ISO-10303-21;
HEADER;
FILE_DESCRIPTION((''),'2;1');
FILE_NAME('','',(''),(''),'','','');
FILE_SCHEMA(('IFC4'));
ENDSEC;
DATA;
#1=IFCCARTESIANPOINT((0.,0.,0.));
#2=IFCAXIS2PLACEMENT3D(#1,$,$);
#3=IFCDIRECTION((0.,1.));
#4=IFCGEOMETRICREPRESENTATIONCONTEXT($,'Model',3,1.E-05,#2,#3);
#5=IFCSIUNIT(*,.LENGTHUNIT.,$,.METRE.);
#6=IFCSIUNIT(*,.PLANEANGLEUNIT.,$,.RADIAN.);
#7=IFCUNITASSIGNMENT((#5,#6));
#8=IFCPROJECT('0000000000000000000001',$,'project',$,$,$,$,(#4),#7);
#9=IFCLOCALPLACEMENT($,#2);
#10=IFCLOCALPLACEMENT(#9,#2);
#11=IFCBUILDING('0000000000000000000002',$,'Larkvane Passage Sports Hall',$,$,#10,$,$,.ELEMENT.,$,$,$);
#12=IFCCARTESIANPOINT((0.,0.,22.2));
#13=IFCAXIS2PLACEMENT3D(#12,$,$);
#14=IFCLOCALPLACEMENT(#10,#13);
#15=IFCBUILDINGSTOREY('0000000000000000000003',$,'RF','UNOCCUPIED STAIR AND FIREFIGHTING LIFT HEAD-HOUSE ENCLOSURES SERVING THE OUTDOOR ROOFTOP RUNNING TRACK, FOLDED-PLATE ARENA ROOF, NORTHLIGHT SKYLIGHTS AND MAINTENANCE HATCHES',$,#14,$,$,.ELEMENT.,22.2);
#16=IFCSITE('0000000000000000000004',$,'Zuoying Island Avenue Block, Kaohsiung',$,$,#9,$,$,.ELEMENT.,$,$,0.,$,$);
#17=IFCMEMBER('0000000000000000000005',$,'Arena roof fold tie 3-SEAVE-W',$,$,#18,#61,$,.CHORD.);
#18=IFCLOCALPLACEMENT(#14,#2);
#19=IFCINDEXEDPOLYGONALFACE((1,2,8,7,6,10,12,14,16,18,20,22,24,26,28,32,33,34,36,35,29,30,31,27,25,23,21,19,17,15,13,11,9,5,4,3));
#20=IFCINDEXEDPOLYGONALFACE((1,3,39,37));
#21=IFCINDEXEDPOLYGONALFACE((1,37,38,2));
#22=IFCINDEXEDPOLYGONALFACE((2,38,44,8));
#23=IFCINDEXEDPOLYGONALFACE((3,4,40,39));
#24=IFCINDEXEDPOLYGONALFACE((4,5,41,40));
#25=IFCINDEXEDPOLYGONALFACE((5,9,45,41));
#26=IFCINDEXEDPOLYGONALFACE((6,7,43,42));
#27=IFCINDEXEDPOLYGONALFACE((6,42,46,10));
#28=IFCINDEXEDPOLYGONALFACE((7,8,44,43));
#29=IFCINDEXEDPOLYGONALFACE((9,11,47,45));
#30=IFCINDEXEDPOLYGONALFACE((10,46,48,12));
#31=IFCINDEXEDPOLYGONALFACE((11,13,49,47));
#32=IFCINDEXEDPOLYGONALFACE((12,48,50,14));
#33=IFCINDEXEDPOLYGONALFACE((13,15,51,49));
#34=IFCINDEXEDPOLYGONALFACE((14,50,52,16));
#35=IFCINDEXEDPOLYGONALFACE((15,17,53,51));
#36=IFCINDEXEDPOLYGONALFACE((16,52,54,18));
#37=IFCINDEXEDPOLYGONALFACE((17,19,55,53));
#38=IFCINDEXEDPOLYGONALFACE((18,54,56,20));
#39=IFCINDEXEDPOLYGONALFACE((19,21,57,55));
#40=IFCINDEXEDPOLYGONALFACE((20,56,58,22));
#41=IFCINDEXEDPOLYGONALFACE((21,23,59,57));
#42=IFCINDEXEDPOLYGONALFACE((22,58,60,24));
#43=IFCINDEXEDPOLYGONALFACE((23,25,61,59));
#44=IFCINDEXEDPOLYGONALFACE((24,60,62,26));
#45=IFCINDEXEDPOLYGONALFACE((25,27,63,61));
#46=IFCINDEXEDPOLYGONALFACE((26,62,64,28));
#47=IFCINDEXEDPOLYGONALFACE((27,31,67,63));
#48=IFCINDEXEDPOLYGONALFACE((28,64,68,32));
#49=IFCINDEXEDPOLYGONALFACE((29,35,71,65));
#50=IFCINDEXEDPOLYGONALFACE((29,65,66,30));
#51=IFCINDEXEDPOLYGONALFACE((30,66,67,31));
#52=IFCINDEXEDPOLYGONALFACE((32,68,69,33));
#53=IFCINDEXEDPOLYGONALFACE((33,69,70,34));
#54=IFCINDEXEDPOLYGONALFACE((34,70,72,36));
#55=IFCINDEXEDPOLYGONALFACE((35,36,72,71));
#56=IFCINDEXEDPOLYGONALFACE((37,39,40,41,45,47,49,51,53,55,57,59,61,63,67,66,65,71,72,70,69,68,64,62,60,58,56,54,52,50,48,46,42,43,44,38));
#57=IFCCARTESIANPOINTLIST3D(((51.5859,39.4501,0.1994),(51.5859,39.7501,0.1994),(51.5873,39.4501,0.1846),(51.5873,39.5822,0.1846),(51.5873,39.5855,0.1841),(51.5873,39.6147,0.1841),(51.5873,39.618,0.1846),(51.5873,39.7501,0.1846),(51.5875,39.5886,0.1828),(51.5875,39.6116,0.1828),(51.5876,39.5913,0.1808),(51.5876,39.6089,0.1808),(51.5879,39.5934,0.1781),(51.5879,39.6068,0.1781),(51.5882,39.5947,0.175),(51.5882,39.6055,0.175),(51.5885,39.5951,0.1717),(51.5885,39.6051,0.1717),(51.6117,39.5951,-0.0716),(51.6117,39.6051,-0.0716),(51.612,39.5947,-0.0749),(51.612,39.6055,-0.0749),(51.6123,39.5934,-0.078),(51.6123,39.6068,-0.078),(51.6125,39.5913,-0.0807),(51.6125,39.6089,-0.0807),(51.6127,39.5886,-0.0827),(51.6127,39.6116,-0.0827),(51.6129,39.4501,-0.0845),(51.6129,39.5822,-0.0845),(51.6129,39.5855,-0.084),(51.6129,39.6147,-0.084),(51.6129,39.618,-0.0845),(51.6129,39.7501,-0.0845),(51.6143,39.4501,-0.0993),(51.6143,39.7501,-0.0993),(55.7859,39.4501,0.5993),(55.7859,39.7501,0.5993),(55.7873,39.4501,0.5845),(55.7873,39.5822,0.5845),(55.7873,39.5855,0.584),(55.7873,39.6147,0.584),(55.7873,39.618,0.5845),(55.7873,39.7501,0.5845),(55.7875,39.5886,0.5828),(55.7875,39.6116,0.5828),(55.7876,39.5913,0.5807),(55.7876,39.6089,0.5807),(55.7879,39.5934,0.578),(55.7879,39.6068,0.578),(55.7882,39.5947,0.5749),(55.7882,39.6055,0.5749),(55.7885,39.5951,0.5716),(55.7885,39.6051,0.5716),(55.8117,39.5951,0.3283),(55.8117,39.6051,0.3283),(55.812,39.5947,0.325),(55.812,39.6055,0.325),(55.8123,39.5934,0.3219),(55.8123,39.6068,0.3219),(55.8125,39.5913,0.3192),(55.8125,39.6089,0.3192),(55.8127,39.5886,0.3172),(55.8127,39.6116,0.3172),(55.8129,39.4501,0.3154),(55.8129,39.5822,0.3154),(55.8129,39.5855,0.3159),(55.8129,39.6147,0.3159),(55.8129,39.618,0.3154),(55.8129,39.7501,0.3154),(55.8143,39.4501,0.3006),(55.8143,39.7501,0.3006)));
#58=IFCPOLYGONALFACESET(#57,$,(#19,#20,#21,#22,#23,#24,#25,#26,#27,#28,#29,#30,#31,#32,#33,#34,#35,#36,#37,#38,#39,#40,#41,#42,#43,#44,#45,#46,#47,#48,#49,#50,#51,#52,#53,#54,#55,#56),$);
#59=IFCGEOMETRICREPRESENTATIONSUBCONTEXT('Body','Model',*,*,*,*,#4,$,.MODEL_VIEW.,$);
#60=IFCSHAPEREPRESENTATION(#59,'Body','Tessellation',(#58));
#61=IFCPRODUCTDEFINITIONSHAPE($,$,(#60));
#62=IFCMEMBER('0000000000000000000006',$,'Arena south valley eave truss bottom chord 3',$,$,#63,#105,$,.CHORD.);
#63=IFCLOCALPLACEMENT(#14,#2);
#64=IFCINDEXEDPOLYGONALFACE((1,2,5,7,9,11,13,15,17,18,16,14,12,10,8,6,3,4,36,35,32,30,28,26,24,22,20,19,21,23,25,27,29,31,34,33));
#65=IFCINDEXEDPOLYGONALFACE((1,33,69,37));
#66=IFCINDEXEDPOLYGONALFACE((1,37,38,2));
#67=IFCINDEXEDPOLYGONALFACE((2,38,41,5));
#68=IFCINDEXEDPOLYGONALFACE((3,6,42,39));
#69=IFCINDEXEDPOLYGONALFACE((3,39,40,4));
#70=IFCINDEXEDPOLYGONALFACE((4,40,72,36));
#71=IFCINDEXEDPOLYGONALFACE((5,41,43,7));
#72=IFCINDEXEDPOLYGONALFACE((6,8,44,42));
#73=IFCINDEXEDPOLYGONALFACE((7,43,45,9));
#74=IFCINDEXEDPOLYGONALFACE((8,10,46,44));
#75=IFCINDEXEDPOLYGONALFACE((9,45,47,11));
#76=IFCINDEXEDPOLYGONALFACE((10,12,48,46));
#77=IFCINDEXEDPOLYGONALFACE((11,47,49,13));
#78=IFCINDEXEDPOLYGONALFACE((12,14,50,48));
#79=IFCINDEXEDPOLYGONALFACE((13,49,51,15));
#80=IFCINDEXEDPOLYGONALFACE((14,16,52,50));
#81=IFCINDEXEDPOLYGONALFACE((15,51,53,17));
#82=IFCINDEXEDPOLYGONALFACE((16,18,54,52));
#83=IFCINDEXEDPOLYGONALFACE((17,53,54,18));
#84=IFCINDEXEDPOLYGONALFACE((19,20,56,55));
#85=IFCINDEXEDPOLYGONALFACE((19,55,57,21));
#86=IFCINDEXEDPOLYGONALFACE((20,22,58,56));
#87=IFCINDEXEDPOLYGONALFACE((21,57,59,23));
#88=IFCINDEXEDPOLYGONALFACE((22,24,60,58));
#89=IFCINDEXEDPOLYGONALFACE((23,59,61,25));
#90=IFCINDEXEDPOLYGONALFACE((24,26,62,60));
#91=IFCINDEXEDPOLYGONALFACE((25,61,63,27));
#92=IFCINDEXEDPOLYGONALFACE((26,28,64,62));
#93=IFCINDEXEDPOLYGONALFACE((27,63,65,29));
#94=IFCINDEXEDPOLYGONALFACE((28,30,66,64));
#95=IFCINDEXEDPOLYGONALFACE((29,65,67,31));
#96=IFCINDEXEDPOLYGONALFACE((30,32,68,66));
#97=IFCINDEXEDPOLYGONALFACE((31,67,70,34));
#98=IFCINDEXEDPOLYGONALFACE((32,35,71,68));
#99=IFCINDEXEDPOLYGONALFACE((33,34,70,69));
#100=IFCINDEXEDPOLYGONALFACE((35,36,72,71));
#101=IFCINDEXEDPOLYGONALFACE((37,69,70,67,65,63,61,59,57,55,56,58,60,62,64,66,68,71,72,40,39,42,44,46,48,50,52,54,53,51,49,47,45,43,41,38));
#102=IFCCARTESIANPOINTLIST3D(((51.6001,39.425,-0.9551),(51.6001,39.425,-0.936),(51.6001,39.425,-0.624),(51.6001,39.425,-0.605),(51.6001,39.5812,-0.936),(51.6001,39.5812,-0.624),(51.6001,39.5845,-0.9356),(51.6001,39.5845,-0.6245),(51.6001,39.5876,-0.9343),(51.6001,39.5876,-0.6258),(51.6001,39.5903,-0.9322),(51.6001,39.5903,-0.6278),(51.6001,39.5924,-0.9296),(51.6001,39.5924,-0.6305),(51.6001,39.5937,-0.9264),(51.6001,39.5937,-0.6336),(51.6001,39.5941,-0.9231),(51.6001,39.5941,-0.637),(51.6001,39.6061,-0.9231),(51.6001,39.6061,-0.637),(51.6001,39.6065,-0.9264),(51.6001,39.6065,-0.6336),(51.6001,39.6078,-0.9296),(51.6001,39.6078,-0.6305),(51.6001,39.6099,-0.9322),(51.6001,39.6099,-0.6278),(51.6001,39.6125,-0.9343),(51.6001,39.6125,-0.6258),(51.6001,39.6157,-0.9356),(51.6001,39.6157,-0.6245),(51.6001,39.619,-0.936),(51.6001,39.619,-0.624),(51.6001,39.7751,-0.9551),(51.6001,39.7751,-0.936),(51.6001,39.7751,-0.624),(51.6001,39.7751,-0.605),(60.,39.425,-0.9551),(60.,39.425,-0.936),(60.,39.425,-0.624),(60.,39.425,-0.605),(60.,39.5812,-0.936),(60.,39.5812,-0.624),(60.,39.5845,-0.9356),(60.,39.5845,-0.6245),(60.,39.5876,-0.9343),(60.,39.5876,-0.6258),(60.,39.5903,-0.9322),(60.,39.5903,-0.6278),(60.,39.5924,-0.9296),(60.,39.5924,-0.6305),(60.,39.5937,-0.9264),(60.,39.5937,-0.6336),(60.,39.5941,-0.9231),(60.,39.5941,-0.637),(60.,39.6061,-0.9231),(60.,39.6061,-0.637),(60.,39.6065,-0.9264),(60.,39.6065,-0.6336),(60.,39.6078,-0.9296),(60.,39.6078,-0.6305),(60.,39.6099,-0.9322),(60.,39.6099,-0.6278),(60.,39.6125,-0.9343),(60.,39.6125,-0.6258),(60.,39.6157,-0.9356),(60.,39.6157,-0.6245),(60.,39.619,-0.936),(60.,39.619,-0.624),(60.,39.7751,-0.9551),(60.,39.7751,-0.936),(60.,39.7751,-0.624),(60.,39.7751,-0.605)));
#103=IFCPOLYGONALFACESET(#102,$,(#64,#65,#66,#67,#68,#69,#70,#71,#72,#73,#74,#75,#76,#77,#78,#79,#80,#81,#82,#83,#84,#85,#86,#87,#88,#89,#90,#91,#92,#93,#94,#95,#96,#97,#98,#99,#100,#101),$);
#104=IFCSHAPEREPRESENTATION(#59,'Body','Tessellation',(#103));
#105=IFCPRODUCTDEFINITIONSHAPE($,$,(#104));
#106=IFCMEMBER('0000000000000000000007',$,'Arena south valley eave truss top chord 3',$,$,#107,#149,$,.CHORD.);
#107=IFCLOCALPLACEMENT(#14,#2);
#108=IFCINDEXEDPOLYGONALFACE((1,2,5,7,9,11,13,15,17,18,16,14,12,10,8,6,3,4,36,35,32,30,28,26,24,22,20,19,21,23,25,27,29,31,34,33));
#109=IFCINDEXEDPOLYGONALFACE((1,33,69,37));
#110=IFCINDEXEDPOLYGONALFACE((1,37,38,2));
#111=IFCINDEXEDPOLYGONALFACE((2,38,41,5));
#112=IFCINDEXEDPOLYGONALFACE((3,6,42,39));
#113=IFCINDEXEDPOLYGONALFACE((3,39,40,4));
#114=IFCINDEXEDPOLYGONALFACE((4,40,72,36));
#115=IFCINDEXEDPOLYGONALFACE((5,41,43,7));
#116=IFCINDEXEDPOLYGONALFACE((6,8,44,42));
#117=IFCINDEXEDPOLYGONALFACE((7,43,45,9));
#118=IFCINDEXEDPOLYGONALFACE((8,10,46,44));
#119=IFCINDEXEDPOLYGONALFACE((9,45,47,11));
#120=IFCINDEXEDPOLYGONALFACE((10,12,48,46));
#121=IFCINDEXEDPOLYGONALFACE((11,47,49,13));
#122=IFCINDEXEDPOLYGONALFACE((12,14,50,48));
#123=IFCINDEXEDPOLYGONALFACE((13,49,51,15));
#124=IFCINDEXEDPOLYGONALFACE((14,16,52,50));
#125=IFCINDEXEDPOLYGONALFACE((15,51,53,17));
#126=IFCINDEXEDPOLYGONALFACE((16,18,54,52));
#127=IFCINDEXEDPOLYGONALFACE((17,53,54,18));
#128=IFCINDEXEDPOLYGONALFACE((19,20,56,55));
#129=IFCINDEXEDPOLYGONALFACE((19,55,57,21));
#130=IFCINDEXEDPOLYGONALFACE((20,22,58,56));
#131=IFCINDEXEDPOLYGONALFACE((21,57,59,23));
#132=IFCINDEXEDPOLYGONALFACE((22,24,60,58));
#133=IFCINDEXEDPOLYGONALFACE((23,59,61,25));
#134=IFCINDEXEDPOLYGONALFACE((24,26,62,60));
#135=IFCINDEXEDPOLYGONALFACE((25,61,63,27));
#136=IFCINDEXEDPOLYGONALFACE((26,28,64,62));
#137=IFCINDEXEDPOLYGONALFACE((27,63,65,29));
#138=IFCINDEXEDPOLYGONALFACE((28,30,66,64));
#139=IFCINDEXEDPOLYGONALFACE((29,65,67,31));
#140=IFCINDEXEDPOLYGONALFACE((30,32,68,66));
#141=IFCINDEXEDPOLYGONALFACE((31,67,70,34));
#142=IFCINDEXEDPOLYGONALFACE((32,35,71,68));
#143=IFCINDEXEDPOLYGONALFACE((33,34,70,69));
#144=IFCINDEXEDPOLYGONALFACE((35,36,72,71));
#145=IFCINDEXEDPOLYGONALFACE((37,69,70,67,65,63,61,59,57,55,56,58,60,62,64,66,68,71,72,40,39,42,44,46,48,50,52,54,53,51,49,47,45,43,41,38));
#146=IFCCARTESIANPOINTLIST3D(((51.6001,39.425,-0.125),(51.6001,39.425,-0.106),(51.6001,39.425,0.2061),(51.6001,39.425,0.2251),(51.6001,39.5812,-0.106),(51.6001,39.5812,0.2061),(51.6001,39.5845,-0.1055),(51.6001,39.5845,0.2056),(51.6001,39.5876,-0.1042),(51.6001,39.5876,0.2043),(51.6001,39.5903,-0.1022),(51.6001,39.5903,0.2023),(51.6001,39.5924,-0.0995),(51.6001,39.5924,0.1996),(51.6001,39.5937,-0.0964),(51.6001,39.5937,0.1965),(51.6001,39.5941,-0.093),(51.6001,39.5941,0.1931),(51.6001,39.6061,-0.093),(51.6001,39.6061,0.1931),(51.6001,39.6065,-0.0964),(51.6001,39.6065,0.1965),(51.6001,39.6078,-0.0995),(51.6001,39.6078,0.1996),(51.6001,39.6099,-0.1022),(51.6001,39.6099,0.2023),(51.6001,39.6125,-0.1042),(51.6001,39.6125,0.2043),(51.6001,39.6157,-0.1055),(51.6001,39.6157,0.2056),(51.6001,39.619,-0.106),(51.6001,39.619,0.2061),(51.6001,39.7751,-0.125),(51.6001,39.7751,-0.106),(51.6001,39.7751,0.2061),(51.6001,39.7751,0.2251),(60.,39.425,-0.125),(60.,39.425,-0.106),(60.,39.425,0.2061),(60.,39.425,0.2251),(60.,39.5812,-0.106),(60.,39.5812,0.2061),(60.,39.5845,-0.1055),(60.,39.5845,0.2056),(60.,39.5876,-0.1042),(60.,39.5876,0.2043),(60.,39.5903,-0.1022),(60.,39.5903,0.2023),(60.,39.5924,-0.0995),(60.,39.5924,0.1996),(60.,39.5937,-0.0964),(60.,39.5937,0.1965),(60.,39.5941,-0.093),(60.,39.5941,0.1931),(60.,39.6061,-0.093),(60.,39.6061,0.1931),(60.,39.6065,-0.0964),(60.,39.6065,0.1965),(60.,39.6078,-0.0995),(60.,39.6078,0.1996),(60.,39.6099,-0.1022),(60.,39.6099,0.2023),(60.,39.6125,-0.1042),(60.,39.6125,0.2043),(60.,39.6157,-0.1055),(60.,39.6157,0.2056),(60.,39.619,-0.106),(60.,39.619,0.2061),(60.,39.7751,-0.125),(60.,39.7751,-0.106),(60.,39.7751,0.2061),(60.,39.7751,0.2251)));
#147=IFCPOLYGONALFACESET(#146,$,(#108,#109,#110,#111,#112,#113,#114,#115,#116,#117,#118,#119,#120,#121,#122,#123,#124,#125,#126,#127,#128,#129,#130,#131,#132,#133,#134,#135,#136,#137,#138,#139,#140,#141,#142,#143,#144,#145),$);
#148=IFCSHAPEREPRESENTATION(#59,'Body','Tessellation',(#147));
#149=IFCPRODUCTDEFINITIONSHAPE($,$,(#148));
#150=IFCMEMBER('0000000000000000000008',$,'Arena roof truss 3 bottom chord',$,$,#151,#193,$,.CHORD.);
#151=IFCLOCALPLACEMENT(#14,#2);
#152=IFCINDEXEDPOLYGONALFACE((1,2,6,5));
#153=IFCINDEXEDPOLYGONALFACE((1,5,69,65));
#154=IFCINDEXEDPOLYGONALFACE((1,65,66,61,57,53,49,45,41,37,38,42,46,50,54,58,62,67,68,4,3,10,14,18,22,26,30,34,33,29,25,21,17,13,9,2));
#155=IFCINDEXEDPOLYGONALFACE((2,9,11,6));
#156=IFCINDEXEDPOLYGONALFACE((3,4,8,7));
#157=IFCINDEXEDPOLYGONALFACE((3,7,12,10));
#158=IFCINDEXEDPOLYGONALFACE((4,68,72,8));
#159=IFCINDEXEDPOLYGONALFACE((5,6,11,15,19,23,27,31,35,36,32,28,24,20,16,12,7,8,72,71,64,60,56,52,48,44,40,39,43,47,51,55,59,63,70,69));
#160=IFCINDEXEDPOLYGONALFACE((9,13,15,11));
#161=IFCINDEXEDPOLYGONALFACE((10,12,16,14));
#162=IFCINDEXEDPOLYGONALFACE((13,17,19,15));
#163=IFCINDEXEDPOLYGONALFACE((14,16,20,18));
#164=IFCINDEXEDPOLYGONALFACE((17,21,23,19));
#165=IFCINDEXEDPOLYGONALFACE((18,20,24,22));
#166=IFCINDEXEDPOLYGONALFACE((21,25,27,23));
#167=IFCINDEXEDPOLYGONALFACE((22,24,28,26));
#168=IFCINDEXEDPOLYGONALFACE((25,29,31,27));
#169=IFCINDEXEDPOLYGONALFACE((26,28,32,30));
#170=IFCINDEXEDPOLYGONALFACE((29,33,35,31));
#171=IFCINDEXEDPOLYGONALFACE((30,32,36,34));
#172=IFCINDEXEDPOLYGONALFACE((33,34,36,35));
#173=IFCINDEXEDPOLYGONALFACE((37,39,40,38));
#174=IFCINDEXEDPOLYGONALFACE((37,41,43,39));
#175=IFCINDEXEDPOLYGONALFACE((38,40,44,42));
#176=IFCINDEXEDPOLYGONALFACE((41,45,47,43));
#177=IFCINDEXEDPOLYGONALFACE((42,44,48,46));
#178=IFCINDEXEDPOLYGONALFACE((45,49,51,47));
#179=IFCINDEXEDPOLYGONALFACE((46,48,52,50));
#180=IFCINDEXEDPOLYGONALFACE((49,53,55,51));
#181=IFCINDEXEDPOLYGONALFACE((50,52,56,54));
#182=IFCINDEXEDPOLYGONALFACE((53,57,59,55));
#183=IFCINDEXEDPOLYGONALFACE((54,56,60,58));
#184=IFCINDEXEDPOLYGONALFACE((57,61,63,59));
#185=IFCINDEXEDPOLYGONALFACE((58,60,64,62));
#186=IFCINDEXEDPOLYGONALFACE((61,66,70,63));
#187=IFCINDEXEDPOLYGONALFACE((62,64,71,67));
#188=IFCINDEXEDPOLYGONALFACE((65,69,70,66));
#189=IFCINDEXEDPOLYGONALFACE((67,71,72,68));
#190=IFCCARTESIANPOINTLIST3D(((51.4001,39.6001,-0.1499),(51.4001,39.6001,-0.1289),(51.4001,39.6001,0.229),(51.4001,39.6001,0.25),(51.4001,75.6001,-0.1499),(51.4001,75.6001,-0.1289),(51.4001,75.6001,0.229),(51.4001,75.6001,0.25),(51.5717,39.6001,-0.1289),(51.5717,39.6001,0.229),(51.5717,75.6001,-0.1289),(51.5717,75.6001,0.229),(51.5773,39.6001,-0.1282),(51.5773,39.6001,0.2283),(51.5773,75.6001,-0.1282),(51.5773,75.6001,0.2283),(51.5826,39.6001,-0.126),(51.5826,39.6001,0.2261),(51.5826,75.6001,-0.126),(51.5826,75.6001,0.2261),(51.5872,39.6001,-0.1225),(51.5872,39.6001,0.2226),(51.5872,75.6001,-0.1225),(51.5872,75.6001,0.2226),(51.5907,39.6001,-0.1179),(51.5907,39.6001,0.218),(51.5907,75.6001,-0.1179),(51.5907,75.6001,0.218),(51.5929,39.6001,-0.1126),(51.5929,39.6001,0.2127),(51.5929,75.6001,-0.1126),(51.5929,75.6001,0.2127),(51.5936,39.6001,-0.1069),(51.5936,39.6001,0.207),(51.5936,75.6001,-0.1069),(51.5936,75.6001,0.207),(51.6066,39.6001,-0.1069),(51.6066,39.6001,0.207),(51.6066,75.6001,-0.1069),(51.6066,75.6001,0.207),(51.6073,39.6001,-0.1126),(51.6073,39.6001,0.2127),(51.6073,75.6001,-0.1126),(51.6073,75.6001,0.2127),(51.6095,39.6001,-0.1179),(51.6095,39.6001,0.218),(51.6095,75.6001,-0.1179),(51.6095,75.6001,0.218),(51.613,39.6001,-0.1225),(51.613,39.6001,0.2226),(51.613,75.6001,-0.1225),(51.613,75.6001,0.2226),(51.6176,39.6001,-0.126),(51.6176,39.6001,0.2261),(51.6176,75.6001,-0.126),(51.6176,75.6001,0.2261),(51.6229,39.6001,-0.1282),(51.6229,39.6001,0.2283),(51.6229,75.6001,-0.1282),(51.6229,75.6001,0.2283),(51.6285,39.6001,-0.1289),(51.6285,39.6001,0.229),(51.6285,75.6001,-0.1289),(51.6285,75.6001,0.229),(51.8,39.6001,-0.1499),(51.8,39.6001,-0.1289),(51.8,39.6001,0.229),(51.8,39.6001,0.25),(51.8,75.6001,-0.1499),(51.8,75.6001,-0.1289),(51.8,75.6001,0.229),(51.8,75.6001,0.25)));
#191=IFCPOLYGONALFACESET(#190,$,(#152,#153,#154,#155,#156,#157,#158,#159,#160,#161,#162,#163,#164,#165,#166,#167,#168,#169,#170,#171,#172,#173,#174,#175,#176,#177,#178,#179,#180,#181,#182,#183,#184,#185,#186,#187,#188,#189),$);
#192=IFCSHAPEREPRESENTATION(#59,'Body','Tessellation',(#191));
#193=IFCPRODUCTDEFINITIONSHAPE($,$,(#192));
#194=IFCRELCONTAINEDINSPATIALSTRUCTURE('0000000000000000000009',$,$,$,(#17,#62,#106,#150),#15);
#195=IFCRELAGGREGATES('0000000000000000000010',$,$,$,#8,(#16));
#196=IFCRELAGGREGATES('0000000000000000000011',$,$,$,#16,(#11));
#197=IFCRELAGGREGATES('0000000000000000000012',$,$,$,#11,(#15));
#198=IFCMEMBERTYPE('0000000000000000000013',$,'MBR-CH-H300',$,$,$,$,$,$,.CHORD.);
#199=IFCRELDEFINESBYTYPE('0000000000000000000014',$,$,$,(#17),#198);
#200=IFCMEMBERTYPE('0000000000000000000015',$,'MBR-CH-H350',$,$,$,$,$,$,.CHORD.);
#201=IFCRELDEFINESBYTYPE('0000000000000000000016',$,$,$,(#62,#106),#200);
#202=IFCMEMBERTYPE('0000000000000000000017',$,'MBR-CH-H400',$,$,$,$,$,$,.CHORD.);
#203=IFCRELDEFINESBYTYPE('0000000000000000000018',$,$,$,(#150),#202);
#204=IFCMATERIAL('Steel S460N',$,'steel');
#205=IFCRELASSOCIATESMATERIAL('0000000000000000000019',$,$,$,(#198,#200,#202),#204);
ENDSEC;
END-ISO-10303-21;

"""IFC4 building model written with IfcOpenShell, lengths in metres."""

from ifc_helpers import new_model, si_unit, direction, frame, origin, origin_2d, place, context, subcontext, project, spatial, i_section, extrude, material, material_profile, profile_set, type_object, element, save


model = new_model("IFC4")

# Units and contexts
model_context = context("Model", 3, precision=1e-05, world=origin(), true_north=direction((0.0, 1.0)))
body_context = subcontext(model_context, "Body", "Model", "MODEL_VIEW")
ifc_project = project(units=[si_unit("LENGTHUNIT", "METRE"), si_unit("PLANEANGLEUNIT", "RADIAN")], contexts=[model_context])

# Site, building, storey
site_placement = place(None, origin())
site = spatial("IfcSite", under=ifc_project, at=site_placement, Name="Zuoying Island Avenue Block, Kaohsiung", CompositionType="ELEMENT", RefElevation=0.0)
building_placement = place(site_placement, origin())
building = spatial("IfcBuilding", under=site, at=building_placement, Name="Larkvane Passage Sports Hall", CompositionType="ELEMENT")
storey_placement = place(building_placement, frame((0.0, 0.0, 22.2)))
storey = spatial("IfcBuildingStorey", under=building, at=storey_placement, Name="RF", Description="UNOCCUPIED STAIR AND FIREFIGHTING LIFT HEAD-HOUSE ENCLOSURES SERVING THE OUTDOOR ROOFTOP RUNNING TRACK, FOLDED-PLATE ARENA ROOF, NORTHLIGHT SKYLIGHTS AND MAINTENANCE HATCHES", CompositionType="ELEMENT", Elevation=22.2)

# Shared definitions
ifc_material_1 = material(Name="Steel S460N", Category="steel")

# Members
ifc_material_profile_1 = material_profile(ifc_material_1, i_section(OverallWidth=0.3, OverallDepth=0.3, WebThickness=0.01, FlangeThickness=0.0149, FilletRadius=0.0129, at=origin_2d()), Name="H-300x300x10x15")
ifc_profile_set_1 = profile_set([ifc_material_profile_1], Name="Steel S460N")
member_type_1 = type_object("IfcMemberType", Name="MBR-CH-H300", PredefinedType="CHORD", material=ifc_profile_set_1)
member_1_placement = place(storey_placement, frame((51.6001, 39.6001, 0.05), z_axis=(0.995498, 0.0, 0.094787), x_axis=(0.0, 1.0, 0.0)))
element("IfcMember", 1, at=member_1_placement, inside=storey, type_object=member_type_1, Name="Arena roof fold tie 3-SEAVE-W", PredefinedType="CHORD", context=body_context, shape_type="SweptSolid", body=[
    extrude(i_section(OverallWidth=0.3, OverallDepth=0.3, WebThickness=0.01, FlangeThickness=0.0149, FilletRadius=0.0129, at=origin_2d()), origin(), (0.0, 0.0, 1.0), 4.219),
])
ifc_material_profile_2 = material_profile(ifc_material_1, i_section(OverallWidth=0.3501, OverallDepth=0.3501, WebThickness=0.012, FlangeThickness=0.019, FilletRadius=0.0129, at=origin_2d()), Name="H-350x350x12x19")
ifc_profile_set_2 = profile_set([ifc_material_profile_2], Name="Steel S460N")
member_type_2 = type_object("IfcMemberType", Name="MBR-CH-H350", PredefinedType="CHORD", material=ifc_profile_set_2)
for number, where, z_axis, x_axis, name in (
    (2, (51.6001, 39.6001, -0.78), (1.0, 0.0, 0.0), (0.0, 1.0, 0.0), "Arena south valley eave truss bottom chord 3"),
    (3, (51.6001, 39.6001, 0.05), (1.0, 0.0, 0.0), (0.0, 1.0, 0.0), "Arena south valley eave truss top chord 3"),
):
    element("IfcMember", number, at=place(storey_placement, frame(where, z_axis=z_axis, x_axis=x_axis)), inside=storey, type_object=member_type_2, Name=name, PredefinedType="CHORD", context=body_context, shape_type="SweptSolid", body=[
        extrude(i_section(OverallWidth=0.3501, OverallDepth=0.3501, WebThickness=0.012, FlangeThickness=0.019, FilletRadius=0.0129, at=origin_2d()), origin(), (0.0, 0.0, 1.0), 8.3999),
    ])
ifc_material_profile_3 = material_profile(ifc_material_1, i_section(OverallWidth=0.3999, OverallDepth=0.3999, WebThickness=0.0129, FlangeThickness=0.021, FilletRadius=0.022, at=origin_2d()), Name="H-400x400x13x21")
ifc_profile_set_3 = profile_set([ifc_material_profile_3], Name="Steel S460N")
member_type_3 = type_object("IfcMemberType", Name="MBR-CH-H400", PredefinedType="CHORD", material=ifc_profile_set_3)
member_2_placement = place(storey_placement, frame((51.6001, 39.6001, 0.05), z_axis=(0.0, 1.0, 0.0), x_axis=(-1.0, 0.0, 0.0)))
element("IfcMember", 4, at=member_2_placement, inside=storey, type_object=member_type_3, Name="Arena roof truss 3 bottom chord", PredefinedType="CHORD", context=body_context, shape_type="SweptSolid", body=[
    extrude(i_section(OverallWidth=0.3999, OverallDepth=0.3999, WebThickness=0.0129, FlangeThickness=0.021, FilletRadius=0.022, at=origin_2d()), origin(), (0.0, 0.0, 1.0), 36.0),
])

save(model, "model.ifc")
